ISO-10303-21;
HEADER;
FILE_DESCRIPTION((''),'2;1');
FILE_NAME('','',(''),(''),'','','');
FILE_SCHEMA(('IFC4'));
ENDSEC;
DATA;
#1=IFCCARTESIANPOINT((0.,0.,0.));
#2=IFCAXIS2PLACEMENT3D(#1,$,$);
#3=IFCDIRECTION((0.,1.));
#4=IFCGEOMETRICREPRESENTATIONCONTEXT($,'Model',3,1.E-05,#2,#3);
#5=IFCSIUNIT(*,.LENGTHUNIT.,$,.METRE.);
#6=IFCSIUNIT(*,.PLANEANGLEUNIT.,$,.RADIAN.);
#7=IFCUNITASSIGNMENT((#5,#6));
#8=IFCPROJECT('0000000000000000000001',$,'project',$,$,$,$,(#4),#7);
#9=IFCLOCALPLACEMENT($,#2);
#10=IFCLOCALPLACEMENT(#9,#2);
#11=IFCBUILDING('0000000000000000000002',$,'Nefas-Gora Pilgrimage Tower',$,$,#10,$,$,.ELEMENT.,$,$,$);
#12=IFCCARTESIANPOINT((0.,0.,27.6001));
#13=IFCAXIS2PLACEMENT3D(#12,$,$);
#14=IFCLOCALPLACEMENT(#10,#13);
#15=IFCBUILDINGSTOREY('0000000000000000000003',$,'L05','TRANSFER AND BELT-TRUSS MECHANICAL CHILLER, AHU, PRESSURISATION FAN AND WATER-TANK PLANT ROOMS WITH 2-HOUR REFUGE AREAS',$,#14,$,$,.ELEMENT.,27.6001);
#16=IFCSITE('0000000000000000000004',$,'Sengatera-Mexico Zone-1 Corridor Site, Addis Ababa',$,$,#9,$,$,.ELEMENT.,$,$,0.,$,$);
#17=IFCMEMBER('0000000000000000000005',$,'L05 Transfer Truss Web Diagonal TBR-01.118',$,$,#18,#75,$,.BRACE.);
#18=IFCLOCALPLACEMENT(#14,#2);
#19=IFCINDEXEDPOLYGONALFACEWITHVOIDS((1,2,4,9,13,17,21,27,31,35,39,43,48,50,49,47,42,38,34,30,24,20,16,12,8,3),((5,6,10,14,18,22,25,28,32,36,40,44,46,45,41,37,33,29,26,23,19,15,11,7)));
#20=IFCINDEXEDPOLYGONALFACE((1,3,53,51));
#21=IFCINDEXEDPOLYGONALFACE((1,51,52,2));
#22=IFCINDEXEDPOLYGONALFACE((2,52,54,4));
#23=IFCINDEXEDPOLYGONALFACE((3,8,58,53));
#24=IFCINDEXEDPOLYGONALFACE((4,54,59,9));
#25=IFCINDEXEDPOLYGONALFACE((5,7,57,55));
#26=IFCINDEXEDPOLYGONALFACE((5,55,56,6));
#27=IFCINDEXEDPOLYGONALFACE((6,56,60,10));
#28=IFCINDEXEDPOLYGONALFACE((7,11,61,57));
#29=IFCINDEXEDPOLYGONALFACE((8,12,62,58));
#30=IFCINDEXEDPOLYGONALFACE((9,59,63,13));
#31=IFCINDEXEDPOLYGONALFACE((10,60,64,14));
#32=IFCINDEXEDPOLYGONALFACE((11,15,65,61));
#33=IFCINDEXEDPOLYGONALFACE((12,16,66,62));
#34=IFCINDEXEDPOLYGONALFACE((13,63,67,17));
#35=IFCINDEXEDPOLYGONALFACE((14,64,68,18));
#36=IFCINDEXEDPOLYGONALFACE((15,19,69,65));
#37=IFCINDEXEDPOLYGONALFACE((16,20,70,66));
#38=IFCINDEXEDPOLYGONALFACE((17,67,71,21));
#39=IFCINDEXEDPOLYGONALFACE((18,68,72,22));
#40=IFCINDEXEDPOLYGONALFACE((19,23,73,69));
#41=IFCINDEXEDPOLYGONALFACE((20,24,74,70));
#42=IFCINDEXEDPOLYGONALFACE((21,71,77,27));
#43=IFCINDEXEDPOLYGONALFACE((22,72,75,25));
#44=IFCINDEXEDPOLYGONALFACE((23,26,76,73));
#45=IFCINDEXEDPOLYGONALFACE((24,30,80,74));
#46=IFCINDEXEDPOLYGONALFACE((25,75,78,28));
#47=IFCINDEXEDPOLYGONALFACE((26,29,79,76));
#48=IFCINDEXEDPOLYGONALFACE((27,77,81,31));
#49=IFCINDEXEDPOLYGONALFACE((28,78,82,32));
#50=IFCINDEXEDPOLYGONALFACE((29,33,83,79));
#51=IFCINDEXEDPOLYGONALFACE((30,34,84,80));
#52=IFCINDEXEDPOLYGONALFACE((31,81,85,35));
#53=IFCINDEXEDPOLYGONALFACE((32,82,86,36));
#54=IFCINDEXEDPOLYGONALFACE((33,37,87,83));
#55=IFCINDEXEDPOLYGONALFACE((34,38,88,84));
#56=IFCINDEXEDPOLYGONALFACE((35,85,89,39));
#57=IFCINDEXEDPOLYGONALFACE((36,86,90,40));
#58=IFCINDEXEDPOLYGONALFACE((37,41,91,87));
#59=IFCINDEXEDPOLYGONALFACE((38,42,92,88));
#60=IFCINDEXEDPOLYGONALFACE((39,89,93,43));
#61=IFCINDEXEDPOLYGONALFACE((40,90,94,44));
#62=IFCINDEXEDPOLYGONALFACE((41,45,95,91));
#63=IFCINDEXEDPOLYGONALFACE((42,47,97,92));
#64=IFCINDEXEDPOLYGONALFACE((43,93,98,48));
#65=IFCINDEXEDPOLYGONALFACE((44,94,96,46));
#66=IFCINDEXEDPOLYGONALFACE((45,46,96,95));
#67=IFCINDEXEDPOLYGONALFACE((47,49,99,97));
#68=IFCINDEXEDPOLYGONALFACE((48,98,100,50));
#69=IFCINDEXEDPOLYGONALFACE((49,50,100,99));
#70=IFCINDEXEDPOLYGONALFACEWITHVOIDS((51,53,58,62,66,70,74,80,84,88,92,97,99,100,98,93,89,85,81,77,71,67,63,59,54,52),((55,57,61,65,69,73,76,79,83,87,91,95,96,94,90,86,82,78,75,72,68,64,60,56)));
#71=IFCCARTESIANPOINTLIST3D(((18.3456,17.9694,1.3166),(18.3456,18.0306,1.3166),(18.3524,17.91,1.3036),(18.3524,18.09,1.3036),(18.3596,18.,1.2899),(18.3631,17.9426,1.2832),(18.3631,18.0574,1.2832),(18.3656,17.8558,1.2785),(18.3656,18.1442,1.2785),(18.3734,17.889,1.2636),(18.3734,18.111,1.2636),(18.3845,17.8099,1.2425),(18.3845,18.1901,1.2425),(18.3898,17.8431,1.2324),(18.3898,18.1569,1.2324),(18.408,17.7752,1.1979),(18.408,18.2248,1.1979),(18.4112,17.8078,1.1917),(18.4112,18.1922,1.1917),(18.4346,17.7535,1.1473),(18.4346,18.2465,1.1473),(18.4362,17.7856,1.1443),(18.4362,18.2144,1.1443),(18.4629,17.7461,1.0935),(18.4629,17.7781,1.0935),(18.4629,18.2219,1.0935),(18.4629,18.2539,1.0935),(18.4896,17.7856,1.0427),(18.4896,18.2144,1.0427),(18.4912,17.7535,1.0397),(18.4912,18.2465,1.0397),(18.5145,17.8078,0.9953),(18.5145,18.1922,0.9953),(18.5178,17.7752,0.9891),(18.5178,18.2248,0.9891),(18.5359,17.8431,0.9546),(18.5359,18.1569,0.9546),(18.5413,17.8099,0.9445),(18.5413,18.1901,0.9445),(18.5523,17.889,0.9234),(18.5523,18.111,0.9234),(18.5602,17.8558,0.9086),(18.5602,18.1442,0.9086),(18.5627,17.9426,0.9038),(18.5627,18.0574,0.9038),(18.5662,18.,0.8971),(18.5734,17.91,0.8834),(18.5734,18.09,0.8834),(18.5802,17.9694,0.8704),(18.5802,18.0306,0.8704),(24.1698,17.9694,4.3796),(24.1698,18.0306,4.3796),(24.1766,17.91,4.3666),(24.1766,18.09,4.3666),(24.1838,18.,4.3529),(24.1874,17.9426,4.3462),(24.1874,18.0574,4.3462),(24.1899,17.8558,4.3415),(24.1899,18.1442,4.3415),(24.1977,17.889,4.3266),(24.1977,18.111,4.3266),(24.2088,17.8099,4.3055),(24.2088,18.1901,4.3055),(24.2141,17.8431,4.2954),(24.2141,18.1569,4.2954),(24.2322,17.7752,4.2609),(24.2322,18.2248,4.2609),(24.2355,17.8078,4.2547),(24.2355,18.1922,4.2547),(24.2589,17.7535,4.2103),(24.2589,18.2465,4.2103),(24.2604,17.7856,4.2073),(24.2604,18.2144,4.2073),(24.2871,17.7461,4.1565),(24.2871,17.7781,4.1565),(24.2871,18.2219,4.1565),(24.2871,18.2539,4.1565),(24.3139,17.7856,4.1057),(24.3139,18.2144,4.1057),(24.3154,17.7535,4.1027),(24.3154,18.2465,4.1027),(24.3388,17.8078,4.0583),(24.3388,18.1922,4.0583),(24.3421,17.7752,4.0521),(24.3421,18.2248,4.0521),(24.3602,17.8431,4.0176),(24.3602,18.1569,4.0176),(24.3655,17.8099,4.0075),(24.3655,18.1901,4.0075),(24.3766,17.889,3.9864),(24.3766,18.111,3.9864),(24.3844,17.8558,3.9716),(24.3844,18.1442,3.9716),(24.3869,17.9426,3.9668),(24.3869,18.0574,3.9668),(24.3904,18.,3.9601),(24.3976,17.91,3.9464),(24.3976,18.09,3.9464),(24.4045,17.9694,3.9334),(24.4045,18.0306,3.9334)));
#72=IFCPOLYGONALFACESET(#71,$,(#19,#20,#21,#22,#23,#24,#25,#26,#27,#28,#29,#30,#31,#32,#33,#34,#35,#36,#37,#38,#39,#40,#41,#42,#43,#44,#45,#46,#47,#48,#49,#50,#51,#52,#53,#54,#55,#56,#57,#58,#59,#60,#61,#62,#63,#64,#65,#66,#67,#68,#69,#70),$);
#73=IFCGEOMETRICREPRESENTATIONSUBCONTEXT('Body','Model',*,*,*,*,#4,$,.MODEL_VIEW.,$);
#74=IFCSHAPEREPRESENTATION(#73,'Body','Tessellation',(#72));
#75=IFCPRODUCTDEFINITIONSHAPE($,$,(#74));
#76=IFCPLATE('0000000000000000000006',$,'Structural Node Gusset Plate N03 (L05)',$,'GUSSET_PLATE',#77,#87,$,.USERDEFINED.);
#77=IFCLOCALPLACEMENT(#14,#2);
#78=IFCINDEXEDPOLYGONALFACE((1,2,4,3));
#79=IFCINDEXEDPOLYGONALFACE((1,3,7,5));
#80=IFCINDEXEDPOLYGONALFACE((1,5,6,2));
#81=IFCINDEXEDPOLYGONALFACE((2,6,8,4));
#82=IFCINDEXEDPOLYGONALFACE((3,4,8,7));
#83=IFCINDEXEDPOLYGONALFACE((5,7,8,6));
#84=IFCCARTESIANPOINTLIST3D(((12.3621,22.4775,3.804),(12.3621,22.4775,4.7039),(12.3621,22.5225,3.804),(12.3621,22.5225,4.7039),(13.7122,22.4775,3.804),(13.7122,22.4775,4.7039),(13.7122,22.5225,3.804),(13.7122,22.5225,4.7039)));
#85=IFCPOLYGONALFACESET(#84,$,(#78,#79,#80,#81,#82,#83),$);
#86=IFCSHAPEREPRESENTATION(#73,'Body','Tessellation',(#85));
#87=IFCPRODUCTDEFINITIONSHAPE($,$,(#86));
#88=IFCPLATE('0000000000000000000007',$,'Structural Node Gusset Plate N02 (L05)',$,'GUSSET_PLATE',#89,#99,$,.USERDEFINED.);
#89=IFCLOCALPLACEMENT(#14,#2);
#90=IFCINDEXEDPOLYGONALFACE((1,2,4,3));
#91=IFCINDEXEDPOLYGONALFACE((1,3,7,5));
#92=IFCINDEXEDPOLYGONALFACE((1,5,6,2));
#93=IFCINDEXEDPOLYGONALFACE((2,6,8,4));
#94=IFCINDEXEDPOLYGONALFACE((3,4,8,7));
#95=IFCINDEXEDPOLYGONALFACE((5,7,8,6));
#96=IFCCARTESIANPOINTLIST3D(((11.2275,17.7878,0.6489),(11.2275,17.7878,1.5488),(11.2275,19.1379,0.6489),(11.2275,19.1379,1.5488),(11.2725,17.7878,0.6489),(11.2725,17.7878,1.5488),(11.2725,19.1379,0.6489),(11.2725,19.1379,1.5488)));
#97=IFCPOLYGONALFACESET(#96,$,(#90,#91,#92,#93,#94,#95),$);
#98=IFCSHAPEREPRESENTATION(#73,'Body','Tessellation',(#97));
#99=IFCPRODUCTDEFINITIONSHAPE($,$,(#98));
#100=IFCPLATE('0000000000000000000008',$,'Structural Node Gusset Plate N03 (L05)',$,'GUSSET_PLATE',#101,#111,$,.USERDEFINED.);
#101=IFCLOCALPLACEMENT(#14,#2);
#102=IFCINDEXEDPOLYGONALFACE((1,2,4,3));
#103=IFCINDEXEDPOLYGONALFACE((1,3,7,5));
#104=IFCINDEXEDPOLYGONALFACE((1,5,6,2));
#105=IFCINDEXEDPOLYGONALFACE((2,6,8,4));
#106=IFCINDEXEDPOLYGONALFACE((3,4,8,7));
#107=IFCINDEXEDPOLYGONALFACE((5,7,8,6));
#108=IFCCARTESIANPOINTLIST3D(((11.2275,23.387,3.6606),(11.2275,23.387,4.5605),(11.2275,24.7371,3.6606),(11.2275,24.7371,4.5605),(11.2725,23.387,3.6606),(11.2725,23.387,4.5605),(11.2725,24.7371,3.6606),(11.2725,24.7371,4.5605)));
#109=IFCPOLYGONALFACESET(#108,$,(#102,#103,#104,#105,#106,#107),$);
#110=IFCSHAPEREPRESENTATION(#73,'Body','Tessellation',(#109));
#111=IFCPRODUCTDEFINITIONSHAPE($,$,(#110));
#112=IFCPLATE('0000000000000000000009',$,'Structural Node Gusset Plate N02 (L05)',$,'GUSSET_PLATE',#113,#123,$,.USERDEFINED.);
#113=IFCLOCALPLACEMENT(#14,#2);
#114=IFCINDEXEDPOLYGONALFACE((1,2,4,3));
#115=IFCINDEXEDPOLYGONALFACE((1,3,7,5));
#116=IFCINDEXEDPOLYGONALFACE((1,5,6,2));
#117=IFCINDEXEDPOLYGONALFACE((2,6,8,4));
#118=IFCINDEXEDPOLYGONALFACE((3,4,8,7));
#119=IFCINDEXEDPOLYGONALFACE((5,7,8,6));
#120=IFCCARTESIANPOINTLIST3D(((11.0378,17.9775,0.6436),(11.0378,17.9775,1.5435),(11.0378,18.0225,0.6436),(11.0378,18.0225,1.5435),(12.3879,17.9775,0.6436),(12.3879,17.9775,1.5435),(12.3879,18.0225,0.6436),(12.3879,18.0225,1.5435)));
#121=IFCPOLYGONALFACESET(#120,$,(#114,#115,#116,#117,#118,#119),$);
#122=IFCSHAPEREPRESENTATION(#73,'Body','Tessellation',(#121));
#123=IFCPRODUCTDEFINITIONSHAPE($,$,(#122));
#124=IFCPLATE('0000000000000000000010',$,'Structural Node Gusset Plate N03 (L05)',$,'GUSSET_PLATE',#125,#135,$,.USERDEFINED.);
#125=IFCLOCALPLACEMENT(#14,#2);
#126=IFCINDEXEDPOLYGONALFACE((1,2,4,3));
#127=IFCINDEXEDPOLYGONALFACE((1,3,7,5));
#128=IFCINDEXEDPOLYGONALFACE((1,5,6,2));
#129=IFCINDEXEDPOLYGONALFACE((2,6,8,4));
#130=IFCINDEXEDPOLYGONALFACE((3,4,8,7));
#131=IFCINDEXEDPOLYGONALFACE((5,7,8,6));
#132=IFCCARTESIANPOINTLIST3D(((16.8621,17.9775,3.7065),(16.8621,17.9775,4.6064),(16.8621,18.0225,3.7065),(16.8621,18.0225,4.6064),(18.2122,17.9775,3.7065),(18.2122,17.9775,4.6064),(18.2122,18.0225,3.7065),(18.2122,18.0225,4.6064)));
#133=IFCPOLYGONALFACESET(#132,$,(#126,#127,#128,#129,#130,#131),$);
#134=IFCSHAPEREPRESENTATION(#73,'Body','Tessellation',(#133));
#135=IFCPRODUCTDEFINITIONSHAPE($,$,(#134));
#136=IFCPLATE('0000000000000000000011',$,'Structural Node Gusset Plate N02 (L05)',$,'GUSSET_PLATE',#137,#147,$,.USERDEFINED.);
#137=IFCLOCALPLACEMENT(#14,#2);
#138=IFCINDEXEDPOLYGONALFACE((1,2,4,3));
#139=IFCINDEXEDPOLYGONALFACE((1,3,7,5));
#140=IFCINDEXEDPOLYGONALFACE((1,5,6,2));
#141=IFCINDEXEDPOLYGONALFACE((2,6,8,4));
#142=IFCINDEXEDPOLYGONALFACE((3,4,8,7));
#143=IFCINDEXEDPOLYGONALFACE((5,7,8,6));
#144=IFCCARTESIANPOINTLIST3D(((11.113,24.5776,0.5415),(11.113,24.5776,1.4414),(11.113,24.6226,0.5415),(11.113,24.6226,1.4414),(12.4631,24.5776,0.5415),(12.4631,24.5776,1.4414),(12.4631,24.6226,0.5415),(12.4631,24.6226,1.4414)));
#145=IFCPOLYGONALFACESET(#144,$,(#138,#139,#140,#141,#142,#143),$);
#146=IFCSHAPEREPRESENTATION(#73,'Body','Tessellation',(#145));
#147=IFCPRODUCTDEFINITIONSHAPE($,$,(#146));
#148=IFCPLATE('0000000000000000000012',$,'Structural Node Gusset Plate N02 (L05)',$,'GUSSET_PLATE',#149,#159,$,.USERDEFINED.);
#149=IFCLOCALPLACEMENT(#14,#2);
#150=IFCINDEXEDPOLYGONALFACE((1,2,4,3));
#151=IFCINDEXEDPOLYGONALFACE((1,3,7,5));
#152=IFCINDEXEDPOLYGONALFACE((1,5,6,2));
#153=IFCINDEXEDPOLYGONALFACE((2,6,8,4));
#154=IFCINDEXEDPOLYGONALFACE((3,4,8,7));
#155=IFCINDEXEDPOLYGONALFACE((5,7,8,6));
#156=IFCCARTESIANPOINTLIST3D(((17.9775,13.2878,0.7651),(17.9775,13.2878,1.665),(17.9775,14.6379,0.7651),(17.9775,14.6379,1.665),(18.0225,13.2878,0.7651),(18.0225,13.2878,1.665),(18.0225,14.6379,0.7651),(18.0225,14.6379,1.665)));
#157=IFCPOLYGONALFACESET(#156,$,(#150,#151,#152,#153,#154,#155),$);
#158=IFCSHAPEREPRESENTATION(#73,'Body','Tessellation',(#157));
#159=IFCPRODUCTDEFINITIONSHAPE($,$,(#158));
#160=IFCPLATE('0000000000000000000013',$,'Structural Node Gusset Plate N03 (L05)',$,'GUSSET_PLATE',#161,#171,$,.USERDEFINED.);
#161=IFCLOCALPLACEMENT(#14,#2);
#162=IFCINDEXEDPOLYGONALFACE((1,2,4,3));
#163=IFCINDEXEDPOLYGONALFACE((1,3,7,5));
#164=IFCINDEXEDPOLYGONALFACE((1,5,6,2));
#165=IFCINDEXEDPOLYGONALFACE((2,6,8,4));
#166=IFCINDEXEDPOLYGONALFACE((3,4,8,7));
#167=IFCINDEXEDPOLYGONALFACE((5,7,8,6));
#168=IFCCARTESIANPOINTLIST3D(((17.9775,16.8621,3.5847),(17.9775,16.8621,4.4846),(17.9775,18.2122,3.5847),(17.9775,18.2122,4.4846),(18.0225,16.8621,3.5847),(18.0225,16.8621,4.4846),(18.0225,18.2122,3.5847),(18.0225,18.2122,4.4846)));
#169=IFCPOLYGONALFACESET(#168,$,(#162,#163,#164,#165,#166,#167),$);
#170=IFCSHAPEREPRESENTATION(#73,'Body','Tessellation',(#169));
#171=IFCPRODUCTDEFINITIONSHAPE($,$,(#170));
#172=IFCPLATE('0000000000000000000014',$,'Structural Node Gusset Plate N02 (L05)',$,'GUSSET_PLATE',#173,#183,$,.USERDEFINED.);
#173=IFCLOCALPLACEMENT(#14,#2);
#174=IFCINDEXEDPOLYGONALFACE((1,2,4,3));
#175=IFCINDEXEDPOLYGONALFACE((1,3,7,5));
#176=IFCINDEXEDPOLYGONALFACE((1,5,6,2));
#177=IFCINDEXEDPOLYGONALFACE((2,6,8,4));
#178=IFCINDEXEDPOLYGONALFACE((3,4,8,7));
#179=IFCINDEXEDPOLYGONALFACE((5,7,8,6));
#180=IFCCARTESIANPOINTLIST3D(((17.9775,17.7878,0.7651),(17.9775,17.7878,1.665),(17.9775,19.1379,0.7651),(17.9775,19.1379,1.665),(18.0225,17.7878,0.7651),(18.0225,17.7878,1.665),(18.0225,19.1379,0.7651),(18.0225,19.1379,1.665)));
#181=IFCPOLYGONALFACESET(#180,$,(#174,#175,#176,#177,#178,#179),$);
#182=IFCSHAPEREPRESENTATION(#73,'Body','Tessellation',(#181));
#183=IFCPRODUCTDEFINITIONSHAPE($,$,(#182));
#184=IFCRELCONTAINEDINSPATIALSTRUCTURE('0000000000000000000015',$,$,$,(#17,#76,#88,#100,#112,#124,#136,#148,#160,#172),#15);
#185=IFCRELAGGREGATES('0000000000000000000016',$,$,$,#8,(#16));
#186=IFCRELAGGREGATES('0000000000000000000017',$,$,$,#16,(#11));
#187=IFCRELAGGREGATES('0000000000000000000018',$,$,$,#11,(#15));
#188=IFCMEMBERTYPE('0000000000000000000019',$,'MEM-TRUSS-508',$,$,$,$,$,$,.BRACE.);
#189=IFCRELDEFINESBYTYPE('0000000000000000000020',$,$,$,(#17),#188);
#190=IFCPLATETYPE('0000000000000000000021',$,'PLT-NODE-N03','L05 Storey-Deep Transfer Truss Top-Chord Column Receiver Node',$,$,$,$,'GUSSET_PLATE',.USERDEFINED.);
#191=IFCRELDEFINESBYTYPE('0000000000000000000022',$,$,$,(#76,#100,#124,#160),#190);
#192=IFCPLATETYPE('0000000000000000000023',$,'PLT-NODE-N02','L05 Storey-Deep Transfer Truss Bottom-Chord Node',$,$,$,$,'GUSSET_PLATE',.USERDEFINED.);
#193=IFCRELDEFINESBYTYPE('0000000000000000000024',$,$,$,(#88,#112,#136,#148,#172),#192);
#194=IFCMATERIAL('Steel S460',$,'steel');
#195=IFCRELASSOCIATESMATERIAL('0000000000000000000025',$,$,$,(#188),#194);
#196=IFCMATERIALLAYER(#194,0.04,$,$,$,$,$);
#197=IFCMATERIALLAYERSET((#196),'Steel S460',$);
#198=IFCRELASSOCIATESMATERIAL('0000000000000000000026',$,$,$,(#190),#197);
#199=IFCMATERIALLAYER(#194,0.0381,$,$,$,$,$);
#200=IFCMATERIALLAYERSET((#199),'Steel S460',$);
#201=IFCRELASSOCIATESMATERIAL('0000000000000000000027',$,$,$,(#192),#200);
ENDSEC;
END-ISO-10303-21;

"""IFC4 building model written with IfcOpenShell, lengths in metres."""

from ifc_helpers import new_model, si_unit, direction, frame, origin, origin_2d, place, context, subcontext, project, spatial, rectangle, hollow_circle, extrude, source, transform, mapped, material, layer, layer_set, material_profile, profile_set, type_object, element, save


model = new_model("IFC4")

# Units and contexts
model_context = context("Model", 3, precision=1e-05, world=origin(), true_north=direction((0.0, 1.0)))
body_context = subcontext(model_context, "Body", "Model", "MODEL_VIEW")
ifc_project = project(units=[si_unit("LENGTHUNIT", "METRE"), si_unit("PLANEANGLEUNIT", "RADIAN")], contexts=[model_context])

# Site, building, storey
site_placement = place(None, origin())
site = spatial("IfcSite", under=ifc_project, at=site_placement, Name="Sengatera-Mexico Zone-1 Corridor Site, Addis Ababa", CompositionType="ELEMENT", RefElevation=0.0)
building_placement = place(site_placement, origin())
building = spatial("IfcBuilding", under=site, at=building_placement, Name="Nefas-Gora Pilgrimage Tower", CompositionType="ELEMENT")
storey_placement = place(building_placement, frame((0.0, 0.0, 27.6001)))
storey = spatial("IfcBuildingStorey", under=building, at=storey_placement, Name="L05", Description="TRANSFER AND BELT-TRUSS MECHANICAL CHILLER, AHU, PRESSURISATION FAN AND WATER-TANK PLANT ROOMS WITH 2-HOUR REFUGE AREAS", CompositionType="ELEMENT", Elevation=27.6001)

# Shared definitions
ifc_material = material(Name="Steel S460", Category="steel")

# Shared definitions
ifc_material_profile_1 = material_profile(ifc_material, hollow_circle(Radius=0.2539, WallThickness=0.032, at=origin_2d()), Name="CHS 508x32")
ifc_profile_set_1 = profile_set([ifc_material_profile_1], Name="Steel S460")
member_type = type_object("IfcMemberType", Name="MEM-TRUSS-508", PredefinedType="BRACE", material=ifc_profile_set_1)

# Member
shared_shape_1 = source(origin(), body_context, "Body", "SweptSolid", [
    extrude(hollow_circle(Radius=0.2539, WallThickness=0.032, at=origin_2d()), origin(), (0.0, 0.0, 1.0), 6.5806),
])
for number, where, z_axis, x_axis, name in (
    (1, (18.4629, 18.0, 1.0935), (0.885068, 0.0, 0.465462), (0.0, 1.0, 0.0), "L05 Transfer Truss Web Diagonal TBR-01.118"),
):
    element("IfcMember", number, at=place(storey_placement, frame(where, z_axis=z_axis, x_axis=x_axis)), inside=storey, type_object=member_type, Name=name, PredefinedType="BRACE", context=body_context, shape_type="MappedRepresentation", body=[
        mapped(shared_shape_1, transform((0.0, 0.0, 0.0), x_axis=(1.0, 0.0, 0.0), y_axis=(0.0, 1.0, 0.0), z_axis=(0.0, 0.0, 1.0), scale=1.0)),
    ])

# Plates
ifc_layer_1 = layer(ifc_material, 0.04)
ifc_layer_set_1 = layer_set([ifc_layer_1], Name="Steel S460")
plate_type_1 = type_object("IfcPlateType", Name="PLT-NODE-N03", Description="L05 Storey-Deep Transfer Truss Top-Chord Column Receiver Node", ElementType="GUSSET_PLATE", PredefinedType="USERDEFINED", material=ifc_layer_set_1)
shared_shape_2 = source(origin(), body_context, "Body", "SweptSolid", [
    extrude(rectangle(XDim=1.3501, YDim=0.0449, at=origin_2d()), origin(), (0.0, 0.0, 1.0), 0.8999),
])
plate_1_placement = place(storey_placement, frame((13.0371, 22.5, 3.804), z_axis=(0.0, 0.0, 1.0), x_axis=(1.0, 0.0, 0.0)))
element("IfcPlate", 2, at=plate_1_placement, inside=storey, type_object=plate_type_1, Name="Structural Node Gusset Plate N03 (L05)", ObjectType="GUSSET_PLATE", PredefinedType="USERDEFINED", context=body_context, shape_type="MappedRepresentation", body=[
    mapped(shared_shape_2, transform((0.0, 0.0, 0.0), x_axis=(1.0, 0.0, 0.0), y_axis=(0.0, 1.0, 0.0), z_axis=(0.0, 0.0, 1.0), scale=1.0)),
])
ifc_layer_2 = layer(ifc_material, 0.0381)
ifc_layer_set_2 = layer_set([ifc_layer_2], Name="Steel S460")
plate_type_2 = type_object("IfcPlateType", Name="PLT-NODE-N02", Description="L05 Storey-Deep Transfer Truss Bottom-Chord Node", ElementType="GUSSET_PLATE", PredefinedType="USERDEFINED", material=ifc_layer_set_2)
plate_2_placement = place(storey_placement, frame((11.25, 18.4629, 0.6489), z_axis=(0.0, 0.0, 1.0), x_axis=(0.0, 1.0, 0.0)))
element("IfcPlate", 3, at=plate_2_placement, inside=storey, type_object=plate_type_2, Name="Structural Node Gusset Plate N02 (L05)", ObjectType="GUSSET_PLATE", PredefinedType="USERDEFINED", context=body_context, shape_type="MappedRepresentation", body=[
    mapped(shared_shape_2, transform((0.0, 0.0, 0.0), x_axis=(1.0, 0.0, 0.0), y_axis=(0.0, 1.0, 0.0), z_axis=(0.0, 0.0, 1.0), scale=1.0)),
])
plate_3_placement = place(storey_placement, frame((11.25, 24.062, 3.6606), z_axis=(0.0, 0.0, 1.0), x_axis=(0.0, 1.0, 0.0)))
element("IfcPlate", 4, at=plate_3_placement, inside=storey, type_object=plate_type_1, Name="Structural Node Gusset Plate N03 (L05)", ObjectType="GUSSET_PLATE", PredefinedType="USERDEFINED", context=body_context, shape_type="MappedRepresentation", body=[
    mapped(shared_shape_2, transform((0.0, 0.0, 0.0), x_axis=(1.0, 0.0, 0.0), y_axis=(0.0, 1.0, 0.0), z_axis=(0.0, 0.0, 1.0), scale=1.0)),
])
plate_4_placement = place(storey_placement, frame((11.7129, 18.0, 0.6436), z_axis=(0.0, 0.0, 1.0), x_axis=(1.0, 0.0, 0.0)))
element("IfcPlate", 5, at=plate_4_placement, inside=storey, type_object=plate_type_2, Name="Structural Node Gusset Plate N02 (L05)", ObjectType="GUSSET_PLATE", PredefinedType="USERDEFINED", context=body_context, shape_type="MappedRepresentation", body=[
    mapped(shared_shape_2, transform((0.0, 0.0, 0.0), x_axis=(1.0, 0.0, 0.0), y_axis=(0.0, 1.0, 0.0), z_axis=(0.0, 0.0, 1.0), scale=1.0)),
])
plate_5_placement = place(storey_placement, frame((17.5371, 18.0, 3.7065), z_axis=(0.0, 0.0, 1.0), x_axis=(1.0, 0.0, 0.0)))
element("IfcPlate", 6, at=plate_5_placement, inside=storey, type_object=plate_type_1, Name="Structural Node Gusset Plate N03 (L05)", ObjectType="GUSSET_PLATE", PredefinedType="USERDEFINED", context=body_context, shape_type="MappedRepresentation", body=[
    mapped(shared_shape_2, transform((0.0, 0.0, 0.0), x_axis=(1.0, 0.0, 0.0), y_axis=(0.0, 1.0, 0.0), z_axis=(0.0, 0.0, 1.0), scale=1.0)),
])
for number, where, z_axis, x_axis, name in (
    (7, (11.7881, 24.6001, 0.5415), (0.0, 0.0, 1.0), (1.0, 0.0, 0.0), "Structural Node Gusset Plate N02 (L05)"),
    (8, (18.0, 13.9629, 0.7651), (0.0, 0.0, 1.0), (0.0, 1.0, 0.0), "Structural Node Gusset Plate N02 (L05)"),
):
    element("IfcPlate", number, at=place(storey_placement, frame(where, z_axis=z_axis, x_axis=x_axis)), inside=storey, type_object=plate_type_2, Name=name, ObjectType="GUSSET_PLATE", PredefinedType="USERDEFINED", context=body_context, shape_type="MappedRepresentation", body=[
        mapped(shared_shape_2, transform((0.0, 0.0, 0.0), x_axis=(1.0, 0.0, 0.0), y_axis=(0.0, 1.0, 0.0), z_axis=(0.0, 0.0, 1.0), scale=1.0)),
    ])
plate_6_placement = place(storey_placement, frame((18.0, 17.5371, 3.5847), z_axis=(0.0, 0.0, 1.0), x_axis=(0.0, 1.0, 0.0)))
element("IfcPlate", 9, at=plate_6_placement, inside=storey, type_object=plate_type_1, Name="Structural Node Gusset Plate N03 (L05)", ObjectType="GUSSET_PLATE", PredefinedType="USERDEFINED", context=body_context, shape_type="MappedRepresentation", body=[
    mapped(shared_shape_2, transform((0.0, 0.0, 0.0), x_axis=(1.0, 0.0, 0.0), y_axis=(0.0, 1.0, 0.0), z_axis=(0.0, 0.0, 1.0), scale=1.0)),
])
plate_7_placement = place(storey_placement, frame((18.0, 18.4629, 0.7651), z_axis=(0.0, 0.0, 1.0), x_axis=(0.0, 1.0, 0.0)))
element("IfcPlate", 10, at=plate_7_placement, inside=storey, type_object=plate_type_2, Name="Structural Node Gusset Plate N02 (L05)", ObjectType="GUSSET_PLATE", PredefinedType="USERDEFINED", context=body_context, shape_type="MappedRepresentation", body=[
    mapped(shared_shape_2, transform((0.0, 0.0, 0.0), x_axis=(1.0, 0.0, 0.0), y_axis=(0.0, 1.0, 0.0), z_axis=(0.0, 0.0, 1.0), scale=1.0)),
])

save(model, "model.ifc")
